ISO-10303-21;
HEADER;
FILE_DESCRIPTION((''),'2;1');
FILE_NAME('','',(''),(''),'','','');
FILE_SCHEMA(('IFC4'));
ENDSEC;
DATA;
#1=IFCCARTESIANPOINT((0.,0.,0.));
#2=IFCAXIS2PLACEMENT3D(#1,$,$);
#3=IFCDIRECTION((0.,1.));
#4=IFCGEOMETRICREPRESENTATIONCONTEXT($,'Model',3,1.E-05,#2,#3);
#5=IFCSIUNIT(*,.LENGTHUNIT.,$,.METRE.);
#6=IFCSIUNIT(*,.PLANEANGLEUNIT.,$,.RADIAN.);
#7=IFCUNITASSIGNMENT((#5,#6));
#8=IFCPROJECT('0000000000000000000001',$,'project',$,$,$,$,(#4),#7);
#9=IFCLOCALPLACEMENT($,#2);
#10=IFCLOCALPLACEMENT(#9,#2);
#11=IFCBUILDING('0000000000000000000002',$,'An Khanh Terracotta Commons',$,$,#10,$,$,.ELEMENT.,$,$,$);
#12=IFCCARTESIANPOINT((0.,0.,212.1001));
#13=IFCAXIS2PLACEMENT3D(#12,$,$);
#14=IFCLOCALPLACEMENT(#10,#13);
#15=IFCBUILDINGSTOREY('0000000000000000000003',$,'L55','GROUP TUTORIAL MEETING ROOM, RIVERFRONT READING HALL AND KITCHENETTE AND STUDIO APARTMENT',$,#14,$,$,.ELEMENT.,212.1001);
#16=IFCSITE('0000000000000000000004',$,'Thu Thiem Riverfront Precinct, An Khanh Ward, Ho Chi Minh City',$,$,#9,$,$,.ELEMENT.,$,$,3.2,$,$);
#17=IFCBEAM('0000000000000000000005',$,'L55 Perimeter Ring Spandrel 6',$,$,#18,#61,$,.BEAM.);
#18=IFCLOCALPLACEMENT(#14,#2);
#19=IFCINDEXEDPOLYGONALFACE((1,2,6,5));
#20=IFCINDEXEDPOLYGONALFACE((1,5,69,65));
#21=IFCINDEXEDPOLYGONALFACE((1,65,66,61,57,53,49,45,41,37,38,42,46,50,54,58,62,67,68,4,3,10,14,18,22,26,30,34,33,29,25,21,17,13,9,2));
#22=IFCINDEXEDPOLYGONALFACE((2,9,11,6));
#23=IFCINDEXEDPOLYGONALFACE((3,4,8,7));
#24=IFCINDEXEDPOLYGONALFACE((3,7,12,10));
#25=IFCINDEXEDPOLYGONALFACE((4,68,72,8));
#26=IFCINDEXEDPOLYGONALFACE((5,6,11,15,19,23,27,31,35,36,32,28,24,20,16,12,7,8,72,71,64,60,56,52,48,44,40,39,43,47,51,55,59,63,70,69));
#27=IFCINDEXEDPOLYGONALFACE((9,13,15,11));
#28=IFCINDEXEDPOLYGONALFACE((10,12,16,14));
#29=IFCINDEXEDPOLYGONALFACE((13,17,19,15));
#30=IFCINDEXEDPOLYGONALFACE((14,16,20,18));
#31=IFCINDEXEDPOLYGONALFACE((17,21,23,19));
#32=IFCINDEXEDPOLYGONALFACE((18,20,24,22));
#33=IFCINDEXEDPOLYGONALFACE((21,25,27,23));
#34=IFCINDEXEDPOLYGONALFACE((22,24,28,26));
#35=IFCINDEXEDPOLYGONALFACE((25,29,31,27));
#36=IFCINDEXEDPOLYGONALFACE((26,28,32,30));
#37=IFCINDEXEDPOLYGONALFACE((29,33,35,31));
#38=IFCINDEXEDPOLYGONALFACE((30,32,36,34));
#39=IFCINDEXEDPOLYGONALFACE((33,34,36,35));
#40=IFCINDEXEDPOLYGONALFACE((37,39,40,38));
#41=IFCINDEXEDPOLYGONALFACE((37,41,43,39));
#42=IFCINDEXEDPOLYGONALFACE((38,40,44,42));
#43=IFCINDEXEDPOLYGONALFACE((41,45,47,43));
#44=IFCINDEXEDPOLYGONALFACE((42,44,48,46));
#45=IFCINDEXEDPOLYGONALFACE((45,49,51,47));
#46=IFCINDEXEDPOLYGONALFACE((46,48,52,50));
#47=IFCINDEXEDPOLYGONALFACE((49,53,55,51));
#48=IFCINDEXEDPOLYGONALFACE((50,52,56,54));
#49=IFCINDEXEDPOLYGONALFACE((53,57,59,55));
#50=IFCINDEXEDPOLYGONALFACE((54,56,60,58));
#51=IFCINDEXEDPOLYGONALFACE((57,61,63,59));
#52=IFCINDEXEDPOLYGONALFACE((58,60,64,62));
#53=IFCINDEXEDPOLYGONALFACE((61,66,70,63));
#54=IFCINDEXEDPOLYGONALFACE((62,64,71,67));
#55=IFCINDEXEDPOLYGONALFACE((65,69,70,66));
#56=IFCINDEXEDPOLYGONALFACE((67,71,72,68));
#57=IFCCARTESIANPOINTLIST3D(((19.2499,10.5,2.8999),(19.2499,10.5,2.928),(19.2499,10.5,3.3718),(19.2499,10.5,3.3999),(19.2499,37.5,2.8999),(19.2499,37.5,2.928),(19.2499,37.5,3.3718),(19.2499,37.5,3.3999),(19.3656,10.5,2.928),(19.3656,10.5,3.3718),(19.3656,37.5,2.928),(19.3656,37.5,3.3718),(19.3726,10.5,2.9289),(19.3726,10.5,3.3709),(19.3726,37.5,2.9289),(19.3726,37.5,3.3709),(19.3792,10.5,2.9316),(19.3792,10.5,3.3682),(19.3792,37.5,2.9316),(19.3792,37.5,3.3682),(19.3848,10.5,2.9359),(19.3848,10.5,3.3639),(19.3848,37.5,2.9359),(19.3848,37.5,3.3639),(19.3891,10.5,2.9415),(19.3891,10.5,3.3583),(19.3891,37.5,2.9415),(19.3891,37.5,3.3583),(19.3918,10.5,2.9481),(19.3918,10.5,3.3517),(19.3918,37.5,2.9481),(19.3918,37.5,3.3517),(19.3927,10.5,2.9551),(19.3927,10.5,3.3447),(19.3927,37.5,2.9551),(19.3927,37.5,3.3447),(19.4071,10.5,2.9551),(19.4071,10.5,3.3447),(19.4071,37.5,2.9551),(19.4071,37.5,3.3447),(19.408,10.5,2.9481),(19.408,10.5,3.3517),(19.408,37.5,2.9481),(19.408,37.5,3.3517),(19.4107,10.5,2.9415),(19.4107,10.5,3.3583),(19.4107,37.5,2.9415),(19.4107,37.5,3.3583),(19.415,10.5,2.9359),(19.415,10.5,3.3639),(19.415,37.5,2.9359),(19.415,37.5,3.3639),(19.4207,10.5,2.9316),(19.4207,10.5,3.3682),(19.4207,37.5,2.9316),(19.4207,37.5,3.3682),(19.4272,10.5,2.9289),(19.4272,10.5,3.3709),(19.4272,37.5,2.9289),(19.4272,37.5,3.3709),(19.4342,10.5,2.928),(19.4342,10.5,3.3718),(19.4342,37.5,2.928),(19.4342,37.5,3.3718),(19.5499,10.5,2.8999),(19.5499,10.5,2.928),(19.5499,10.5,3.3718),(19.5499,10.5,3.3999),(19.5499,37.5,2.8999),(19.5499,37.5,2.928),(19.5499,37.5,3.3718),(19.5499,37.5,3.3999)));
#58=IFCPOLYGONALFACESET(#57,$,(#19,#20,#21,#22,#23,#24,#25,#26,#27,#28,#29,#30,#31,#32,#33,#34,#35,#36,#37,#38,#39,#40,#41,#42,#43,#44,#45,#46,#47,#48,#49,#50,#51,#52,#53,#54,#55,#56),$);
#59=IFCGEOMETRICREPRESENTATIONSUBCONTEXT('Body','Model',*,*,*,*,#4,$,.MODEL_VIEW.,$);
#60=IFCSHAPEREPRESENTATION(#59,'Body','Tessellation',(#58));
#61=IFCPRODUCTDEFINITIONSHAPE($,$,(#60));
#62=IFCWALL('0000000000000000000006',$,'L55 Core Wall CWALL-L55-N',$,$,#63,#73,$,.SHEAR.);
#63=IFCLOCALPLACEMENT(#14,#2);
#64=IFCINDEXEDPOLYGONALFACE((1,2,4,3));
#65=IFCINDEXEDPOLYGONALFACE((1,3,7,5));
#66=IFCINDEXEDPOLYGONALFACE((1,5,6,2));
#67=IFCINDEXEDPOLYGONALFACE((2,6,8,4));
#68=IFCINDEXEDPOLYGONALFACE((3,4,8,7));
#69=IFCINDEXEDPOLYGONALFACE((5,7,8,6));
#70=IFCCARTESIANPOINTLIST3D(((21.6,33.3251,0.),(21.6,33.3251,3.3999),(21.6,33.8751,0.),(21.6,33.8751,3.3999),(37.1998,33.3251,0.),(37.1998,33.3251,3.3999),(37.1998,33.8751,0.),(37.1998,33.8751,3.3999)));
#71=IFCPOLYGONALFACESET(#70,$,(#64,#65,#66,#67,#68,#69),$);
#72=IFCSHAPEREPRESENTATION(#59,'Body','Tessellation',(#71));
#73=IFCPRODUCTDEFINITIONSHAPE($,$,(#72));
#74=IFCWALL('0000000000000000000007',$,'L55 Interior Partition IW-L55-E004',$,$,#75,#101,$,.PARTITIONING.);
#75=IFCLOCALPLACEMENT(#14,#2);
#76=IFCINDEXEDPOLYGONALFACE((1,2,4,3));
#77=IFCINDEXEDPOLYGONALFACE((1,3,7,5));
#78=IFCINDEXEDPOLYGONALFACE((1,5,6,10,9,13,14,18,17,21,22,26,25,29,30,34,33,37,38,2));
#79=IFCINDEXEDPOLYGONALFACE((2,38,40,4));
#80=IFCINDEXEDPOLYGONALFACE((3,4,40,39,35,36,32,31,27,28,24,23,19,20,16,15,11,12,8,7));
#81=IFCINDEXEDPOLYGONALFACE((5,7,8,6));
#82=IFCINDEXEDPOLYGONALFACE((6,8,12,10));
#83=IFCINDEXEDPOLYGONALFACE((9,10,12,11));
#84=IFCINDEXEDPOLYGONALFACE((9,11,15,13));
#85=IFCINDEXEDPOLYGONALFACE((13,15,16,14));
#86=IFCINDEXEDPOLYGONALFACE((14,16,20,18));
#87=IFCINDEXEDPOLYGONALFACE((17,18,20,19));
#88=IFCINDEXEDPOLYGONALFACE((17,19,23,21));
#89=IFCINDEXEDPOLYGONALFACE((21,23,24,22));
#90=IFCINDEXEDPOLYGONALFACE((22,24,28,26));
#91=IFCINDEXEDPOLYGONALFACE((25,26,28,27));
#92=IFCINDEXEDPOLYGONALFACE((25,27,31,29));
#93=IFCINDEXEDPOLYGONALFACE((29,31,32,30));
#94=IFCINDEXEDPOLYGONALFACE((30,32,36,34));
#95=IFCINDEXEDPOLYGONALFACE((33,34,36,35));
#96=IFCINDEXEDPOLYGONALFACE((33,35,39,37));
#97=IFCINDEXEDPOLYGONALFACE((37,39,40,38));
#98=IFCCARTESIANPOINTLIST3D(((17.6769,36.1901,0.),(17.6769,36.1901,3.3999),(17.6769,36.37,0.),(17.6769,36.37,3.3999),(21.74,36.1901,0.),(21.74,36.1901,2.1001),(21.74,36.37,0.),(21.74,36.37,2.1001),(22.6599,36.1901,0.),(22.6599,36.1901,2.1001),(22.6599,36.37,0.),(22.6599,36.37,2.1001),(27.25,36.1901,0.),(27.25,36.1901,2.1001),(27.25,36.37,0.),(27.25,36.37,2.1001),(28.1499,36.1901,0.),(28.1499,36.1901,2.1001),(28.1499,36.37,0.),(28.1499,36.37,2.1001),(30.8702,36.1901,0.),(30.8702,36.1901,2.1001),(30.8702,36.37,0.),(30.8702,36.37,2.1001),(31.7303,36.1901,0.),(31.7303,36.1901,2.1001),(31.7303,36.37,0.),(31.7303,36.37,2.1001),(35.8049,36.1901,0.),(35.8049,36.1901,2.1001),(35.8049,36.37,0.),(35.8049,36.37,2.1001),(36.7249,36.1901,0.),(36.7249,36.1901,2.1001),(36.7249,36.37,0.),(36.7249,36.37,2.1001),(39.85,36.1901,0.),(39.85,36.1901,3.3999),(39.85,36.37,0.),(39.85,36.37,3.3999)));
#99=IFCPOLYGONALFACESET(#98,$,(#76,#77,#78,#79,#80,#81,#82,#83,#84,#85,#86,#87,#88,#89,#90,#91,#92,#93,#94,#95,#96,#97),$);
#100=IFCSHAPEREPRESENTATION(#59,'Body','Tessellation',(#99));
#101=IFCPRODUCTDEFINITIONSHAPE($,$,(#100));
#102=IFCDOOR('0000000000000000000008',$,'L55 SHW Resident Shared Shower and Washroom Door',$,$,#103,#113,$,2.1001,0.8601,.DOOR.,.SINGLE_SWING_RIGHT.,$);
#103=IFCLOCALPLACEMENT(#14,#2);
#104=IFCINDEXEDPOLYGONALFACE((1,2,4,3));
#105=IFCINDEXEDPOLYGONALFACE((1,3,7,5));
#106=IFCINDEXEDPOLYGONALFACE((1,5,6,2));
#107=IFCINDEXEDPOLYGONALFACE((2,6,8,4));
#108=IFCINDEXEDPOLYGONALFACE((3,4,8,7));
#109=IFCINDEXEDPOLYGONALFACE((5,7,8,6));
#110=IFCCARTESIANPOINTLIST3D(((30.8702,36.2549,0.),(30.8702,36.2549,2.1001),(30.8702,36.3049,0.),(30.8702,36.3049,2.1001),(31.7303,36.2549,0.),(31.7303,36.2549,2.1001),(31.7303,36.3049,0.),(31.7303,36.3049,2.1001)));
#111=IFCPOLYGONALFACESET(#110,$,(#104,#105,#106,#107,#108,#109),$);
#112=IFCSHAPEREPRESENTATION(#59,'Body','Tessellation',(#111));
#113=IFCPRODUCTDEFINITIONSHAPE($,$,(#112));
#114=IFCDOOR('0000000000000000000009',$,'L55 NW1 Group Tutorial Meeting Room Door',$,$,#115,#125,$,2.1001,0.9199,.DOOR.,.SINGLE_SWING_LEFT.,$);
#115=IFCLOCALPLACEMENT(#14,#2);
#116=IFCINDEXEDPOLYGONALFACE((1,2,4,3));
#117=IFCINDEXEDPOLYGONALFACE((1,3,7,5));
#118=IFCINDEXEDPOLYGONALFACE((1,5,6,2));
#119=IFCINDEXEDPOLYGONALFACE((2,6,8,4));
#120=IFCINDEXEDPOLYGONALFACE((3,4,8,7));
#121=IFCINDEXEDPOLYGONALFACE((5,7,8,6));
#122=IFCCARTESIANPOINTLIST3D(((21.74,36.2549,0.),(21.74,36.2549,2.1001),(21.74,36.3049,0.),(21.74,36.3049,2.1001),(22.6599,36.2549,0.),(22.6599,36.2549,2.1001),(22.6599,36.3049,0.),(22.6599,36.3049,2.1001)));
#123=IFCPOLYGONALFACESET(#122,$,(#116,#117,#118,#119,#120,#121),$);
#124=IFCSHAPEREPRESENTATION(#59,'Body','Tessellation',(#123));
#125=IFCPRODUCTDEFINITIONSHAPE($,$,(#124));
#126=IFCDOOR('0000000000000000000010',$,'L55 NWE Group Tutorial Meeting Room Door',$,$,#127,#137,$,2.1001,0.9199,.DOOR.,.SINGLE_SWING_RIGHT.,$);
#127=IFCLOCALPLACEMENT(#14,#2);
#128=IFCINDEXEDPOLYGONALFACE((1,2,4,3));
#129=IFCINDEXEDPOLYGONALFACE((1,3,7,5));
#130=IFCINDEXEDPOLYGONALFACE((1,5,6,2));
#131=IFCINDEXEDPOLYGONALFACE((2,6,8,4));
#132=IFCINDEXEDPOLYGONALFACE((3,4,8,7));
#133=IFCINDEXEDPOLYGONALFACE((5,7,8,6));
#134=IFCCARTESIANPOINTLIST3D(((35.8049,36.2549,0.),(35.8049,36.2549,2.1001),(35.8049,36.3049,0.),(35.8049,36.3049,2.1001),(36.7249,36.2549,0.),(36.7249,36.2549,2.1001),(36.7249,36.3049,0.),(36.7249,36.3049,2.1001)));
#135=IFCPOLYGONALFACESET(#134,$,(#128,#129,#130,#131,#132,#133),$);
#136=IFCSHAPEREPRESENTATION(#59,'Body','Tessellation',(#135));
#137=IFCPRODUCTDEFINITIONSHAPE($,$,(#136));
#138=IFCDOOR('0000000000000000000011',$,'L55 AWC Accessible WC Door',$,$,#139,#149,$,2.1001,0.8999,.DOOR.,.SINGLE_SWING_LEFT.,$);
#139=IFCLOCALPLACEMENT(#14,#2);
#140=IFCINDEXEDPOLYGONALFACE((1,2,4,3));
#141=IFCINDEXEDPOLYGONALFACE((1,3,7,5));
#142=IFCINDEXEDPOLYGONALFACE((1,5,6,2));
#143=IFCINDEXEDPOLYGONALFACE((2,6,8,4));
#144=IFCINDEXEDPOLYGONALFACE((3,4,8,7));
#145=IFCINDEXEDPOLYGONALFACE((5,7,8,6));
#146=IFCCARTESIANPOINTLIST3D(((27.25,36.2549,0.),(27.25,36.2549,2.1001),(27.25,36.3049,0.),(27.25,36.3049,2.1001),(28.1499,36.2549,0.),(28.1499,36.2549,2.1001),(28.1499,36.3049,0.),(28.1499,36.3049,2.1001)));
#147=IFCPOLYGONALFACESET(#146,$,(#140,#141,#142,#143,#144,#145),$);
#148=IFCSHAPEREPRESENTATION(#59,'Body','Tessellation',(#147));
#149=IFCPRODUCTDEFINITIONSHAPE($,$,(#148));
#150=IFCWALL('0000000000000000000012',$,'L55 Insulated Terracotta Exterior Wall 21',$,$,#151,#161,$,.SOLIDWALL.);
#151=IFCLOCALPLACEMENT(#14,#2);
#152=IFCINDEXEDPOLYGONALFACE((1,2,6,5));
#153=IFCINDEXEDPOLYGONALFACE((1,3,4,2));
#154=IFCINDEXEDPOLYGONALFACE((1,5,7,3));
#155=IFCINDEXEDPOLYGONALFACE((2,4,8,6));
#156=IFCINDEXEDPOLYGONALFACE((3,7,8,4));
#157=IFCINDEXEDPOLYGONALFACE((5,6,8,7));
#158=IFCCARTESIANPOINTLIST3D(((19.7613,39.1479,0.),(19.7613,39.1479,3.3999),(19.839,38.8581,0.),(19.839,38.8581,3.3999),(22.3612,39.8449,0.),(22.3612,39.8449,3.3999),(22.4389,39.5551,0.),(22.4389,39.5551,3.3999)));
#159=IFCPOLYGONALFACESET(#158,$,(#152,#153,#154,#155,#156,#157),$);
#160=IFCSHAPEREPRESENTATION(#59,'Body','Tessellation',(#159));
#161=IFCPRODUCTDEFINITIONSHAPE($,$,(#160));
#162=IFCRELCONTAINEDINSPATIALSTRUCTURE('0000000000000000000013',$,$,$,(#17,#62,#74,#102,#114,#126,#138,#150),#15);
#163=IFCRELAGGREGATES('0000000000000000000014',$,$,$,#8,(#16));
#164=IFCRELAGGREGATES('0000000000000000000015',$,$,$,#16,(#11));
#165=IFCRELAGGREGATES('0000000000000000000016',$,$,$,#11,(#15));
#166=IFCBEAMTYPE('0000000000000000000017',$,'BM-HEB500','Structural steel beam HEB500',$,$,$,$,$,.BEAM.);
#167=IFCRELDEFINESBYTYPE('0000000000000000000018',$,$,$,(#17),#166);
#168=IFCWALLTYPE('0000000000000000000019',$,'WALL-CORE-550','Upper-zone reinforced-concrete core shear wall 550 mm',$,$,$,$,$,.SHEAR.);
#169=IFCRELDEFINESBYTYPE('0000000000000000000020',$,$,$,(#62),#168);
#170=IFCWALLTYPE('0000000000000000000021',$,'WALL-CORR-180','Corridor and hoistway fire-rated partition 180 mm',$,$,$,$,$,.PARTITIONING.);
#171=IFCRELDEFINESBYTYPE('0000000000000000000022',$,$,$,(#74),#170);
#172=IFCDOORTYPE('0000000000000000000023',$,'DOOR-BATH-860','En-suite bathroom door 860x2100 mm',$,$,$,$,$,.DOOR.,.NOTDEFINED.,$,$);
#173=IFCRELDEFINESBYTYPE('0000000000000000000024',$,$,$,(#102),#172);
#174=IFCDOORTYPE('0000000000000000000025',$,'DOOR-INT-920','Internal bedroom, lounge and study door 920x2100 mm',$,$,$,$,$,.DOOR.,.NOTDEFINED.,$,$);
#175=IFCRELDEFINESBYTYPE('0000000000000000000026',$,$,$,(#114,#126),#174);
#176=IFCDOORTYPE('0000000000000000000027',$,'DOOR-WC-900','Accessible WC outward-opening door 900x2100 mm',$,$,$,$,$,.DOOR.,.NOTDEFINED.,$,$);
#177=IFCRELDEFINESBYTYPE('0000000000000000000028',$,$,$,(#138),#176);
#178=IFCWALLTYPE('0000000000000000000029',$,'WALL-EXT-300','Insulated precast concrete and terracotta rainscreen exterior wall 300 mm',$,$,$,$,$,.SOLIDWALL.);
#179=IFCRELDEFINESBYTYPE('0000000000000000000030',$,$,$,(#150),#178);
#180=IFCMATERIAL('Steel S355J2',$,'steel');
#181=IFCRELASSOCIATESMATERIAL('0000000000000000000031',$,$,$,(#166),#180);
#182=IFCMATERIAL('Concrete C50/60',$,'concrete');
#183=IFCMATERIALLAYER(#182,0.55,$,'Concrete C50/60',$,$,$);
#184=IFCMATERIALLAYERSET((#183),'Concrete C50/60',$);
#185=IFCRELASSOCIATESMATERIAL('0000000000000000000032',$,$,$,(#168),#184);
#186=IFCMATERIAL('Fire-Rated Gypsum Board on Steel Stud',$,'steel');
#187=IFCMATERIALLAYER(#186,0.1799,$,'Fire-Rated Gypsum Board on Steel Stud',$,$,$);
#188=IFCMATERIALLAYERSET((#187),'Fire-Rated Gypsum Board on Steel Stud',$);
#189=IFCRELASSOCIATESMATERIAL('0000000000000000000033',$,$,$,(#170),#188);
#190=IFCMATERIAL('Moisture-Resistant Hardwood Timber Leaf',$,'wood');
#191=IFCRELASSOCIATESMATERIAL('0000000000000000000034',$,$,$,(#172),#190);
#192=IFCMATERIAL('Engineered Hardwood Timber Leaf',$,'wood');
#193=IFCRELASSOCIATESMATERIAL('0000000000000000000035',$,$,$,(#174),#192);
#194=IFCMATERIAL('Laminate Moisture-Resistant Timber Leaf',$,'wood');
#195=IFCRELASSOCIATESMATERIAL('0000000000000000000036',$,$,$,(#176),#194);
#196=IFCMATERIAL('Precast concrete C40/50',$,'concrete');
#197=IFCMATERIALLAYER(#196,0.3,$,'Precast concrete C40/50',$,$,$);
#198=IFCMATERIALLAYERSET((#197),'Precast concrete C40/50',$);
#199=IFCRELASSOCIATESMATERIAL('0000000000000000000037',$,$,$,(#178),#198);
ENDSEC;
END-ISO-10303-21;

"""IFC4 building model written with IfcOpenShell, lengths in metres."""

from ifc_helpers import new_model, si_unit, direction, frame, frame_2d, origin, origin_2d, place, context, subcontext, project, spatial, rectangle, i_section, extrude, material, layer, layer_set, material_profile, profile_set, type_object, element, fill, save


model = new_model("IFC4")

# Units and contexts
model_context = context("Model", 3, precision=1e-05, world=origin(), true_north=direction((0.0, 1.0)))
body_context = subcontext(model_context, "Body", "Model", "MODEL_VIEW")
ifc_project = project(units=[si_unit("LENGTHUNIT", "METRE"), si_unit("PLANEANGLEUNIT", "RADIAN")], contexts=[model_context])

# Site, building, storey
site_placement = place(None, origin())
site = spatial("IfcSite", under=ifc_project, at=site_placement, Name="Thu Thiem Riverfront Precinct, An Khanh Ward, Ho Chi Minh City", CompositionType="ELEMENT", RefElevation=3.2)
building_placement = place(site_placement, origin())
building = spatial("IfcBuilding", under=site, at=building_placement, Name="An Khanh Terracotta Commons", CompositionType="ELEMENT")
storey_placement = place(building_placement, frame((0.0, 0.0, 212.1001)))
storey = spatial("IfcBuildingStorey", under=building, at=storey_placement, Name="L55", Description="GROUP TUTORIAL MEETING ROOM, RIVERFRONT READING HALL AND KITCHENETTE AND STUDIO APARTMENT", CompositionType="ELEMENT", Elevation=212.1001)

# Beam
ifc_material_1 = material(Name="Steel S355J2", Category="steel")
ifc_material_profile_1 = material_profile(ifc_material_1, i_section(OverallWidth=0.3, OverallDepth=0.5, WebThickness=0.0144, FlangeThickness=0.0281, FilletRadius=0.0271, at=origin_2d()), Name="HEB500")
ifc_profile_set_1 = profile_set([ifc_material_profile_1], Name="Steel S355J2")
beam_type_1 = type_object("IfcBeamType", Name="BM-HEB500", Description="Structural steel beam HEB500", PredefinedType="BEAM", material=ifc_profile_set_1)
beam_1_placement = place(storey_placement, frame((19.3999, 37.5, 3.1499), z_axis=(0.0, -1.0, 0.0), x_axis=(1.0, 0.0, 0.0)))
element("IfcBeam", 1, at=beam_1_placement, inside=storey, type_object=beam_type_1, Name="L55 Perimeter Ring Spandrel 6", PredefinedType="BEAM", context=body_context, shape_type="SweptSolid", body=[
    extrude(i_section(OverallWidth=0.3, OverallDepth=0.5, WebThickness=0.0144, FlangeThickness=0.0281, FilletRadius=0.0271, at=origin_2d()), origin(), (0.0, 0.0, 1.0), 27.0),
])

# Wall
ifc_material_2 = material(Name="Concrete C50/60", Category="concrete")
ifc_layer_1 = layer(ifc_material_2, 0.55, Name="Concrete C50/60")
ifc_layer_set_1 = layer_set([ifc_layer_1], Name="Concrete C50/60")
wall_type_1 = type_object("IfcWallType", Name="WALL-CORE-550", Description="Upper-zone reinforced-concrete core shear wall 550 mm", PredefinedType="SHEAR", material=ifc_layer_set_1)
wall_1_placement = place(storey_placement, frame((21.6001, 33.6001, 0.0), z_axis=(0.0, 0.0, 1.0), x_axis=(1.0, 0.0, 0.0)))
element("IfcWall", 2, at=wall_1_placement, inside=storey, type_object=wall_type_1, Name="L55 Core Wall CWALL-L55-N", PredefinedType="SHEAR", context=body_context, shape_type="SweptSolid", body=[
    extrude(rectangle(XDim=15.5999, YDim=0.55, at=frame_2d((7.7998, 0.0))), origin(), (0.0, 0.0, 1.0), 3.3999),
])

# Wall, openings, doors
ifc_material_3 = material(Name="Fire-Rated Gypsum Board on Steel Stud", Category="steel")
ifc_layer_2 = layer(ifc_material_3, 0.1799, Name="Fire-Rated Gypsum Board on Steel Stud")
ifc_layer_set_2 = layer_set([ifc_layer_2], Name="Fire-Rated Gypsum Board on Steel Stud")
wall_type_2 = type_object("IfcWallType", Name="WALL-CORR-180", Description="Corridor and hoistway fire-rated partition 180 mm", PredefinedType="PARTITIONING", material=ifc_layer_set_2)
wall_2_placement = place(storey_placement, frame((17.677, 36.28, 0.0), z_axis=(0.0, 0.0, 1.0), x_axis=(1.0, 0.0, 0.0)))
wall_2 = element("IfcWall", 3, at=wall_2_placement, inside=storey, type_object=wall_type_2, Name="L55 Interior Partition IW-L55-E004", PredefinedType="PARTITIONING", context=body_context, shape_type="SweptSolid", body=[
    extrude(rectangle(XDim=22.1731, YDim=0.1799, at=frame_2d((11.0864, 0.0))), origin(), (0.0, 0.0, 1.0), 3.3999),
])
opening_1_placement = place(wall_2_placement, frame((9.573, 0.0, 0.0)))
opening_1 = element("IfcOpeningElement", 4, at=opening_1_placement, cuts=wall_2, PredefinedType="OPENING", context=body_context, shape_type="SweptSolid", body=[
    extrude(rectangle(XDim=0.8999, YDim=2.1001, at=frame_2d((0.45, 1.05))), frame((0.0, 0.0999, 0.0), z_axis=(0.0, -1.0, 0.0), x_axis=(1.0, 0.0, 0.0)), (0.0, 0.0, 1.0), 0.2),
])
opening_2_placement = place(wall_2_placement, frame((13.1931, 0.0, 0.0)))
opening_2 = element("IfcOpeningElement", 5, at=opening_2_placement, cuts=wall_2, PredefinedType="OPENING", context=body_context, shape_type="SweptSolid", body=[
    extrude(rectangle(XDim=0.8601, YDim=2.1001, at=frame_2d((0.4302, 1.05))), frame((0.0, 0.0999, 0.0), z_axis=(0.0, -1.0, 0.0), x_axis=(1.0, 0.0, 0.0)), (0.0, 0.0, 1.0), 0.2),
])
opening_3_placement = place(wall_2_placement, frame((4.063, 0.0, 0.0)))
opening_3 = element("IfcOpeningElement", 6, at=opening_3_placement, cuts=wall_2, PredefinedType="OPENING", context=body_context, shape_type="SweptSolid", body=[
    extrude(rectangle(XDim=0.9199, YDim=2.1001, at=frame_2d((0.46, 1.05))), frame((0.0, 0.0999, 0.0), z_axis=(0.0, -1.0, 0.0), x_axis=(1.0, 0.0, 0.0)), (0.0, 0.0, 1.0), 0.2),
])
opening_4_placement = place(wall_2_placement, frame((18.1279, 0.0, 0.0)))
opening_4 = element("IfcOpeningElement", 7, at=opening_4_placement, cuts=wall_2, PredefinedType="OPENING", context=body_context, shape_type="SweptSolid", body=[
    extrude(rectangle(XDim=0.9199, YDim=2.1001, at=frame_2d((0.46, 1.05))), frame((0.0, 0.0999, 0.0), z_axis=(0.0, -1.0, 0.0), x_axis=(1.0, 0.0, 0.0)), (0.0, 0.0, 1.0), 0.2),
])
ifc_material_4 = material(Name="Moisture-Resistant Hardwood Timber Leaf", Category="wood")
door_type_1 = type_object("IfcDoorType", Name="DOOR-BATH-860", Description="En-suite bathroom door 860x2100 mm", OperationType="NOTDEFINED", PredefinedType="DOOR", material=ifc_material_4)
door_1_placement = place(opening_2_placement, origin())
door_1 = element("IfcDoor", 8, at=door_1_placement, inside=storey, type_object=door_type_1, Name="L55 SHW Resident Shared Shower and Washroom Door", OperationType="SINGLE_SWING_RIGHT", OverallHeight=2.1001, OverallWidth=0.8601, PredefinedType="DOOR", context=body_context, shape_type="SweptSolid", body=[
    extrude(rectangle(XDim=0.8601, YDim=2.1001, at=frame_2d((0.4302, 1.05))), frame((0.0, 0.0249, 0.0), z_axis=(0.0, -1.0, 0.0), x_axis=(1.0, 0.0, 0.0)), (0.0, 0.0, 1.0), 0.05),
])
fill(opening_2, door_1)
ifc_material_5 = material(Name="Engineered Hardwood Timber Leaf", Category="wood")
door_type_2 = type_object("IfcDoorType", Name="DOOR-INT-920", Description="Internal bedroom, lounge and study door 920x2100 mm", OperationType="NOTDEFINED", PredefinedType="DOOR", material=ifc_material_5)
door_2_placement = place(opening_3_placement, origin())
door_2 = element("IfcDoor", 9, at=door_2_placement, inside=storey, type_object=door_type_2, Name="L55 NW1 Group Tutorial Meeting Room Door", OperationType="SINGLE_SWING_LEFT", OverallHeight=2.1001, OverallWidth=0.9199, PredefinedType="DOOR", context=body_context, shape_type="SweptSolid", body=[
    extrude(rectangle(XDim=0.9199, YDim=2.1001, at=frame_2d((0.46, 1.05))), frame((0.0, 0.0249, 0.0), z_axis=(0.0, -1.0, 0.0), x_axis=(1.0, 0.0, 0.0)), (0.0, 0.0, 1.0), 0.05),
])
fill(opening_3, door_2)
door_3_placement = place(opening_4_placement, origin())
door_3 = element("IfcDoor", 10, at=door_3_placement, inside=storey, type_object=door_type_2, Name="L55 NWE Group Tutorial Meeting Room Door", OperationType="SINGLE_SWING_RIGHT", OverallHeight=2.1001, OverallWidth=0.9199, PredefinedType="DOOR", context=body_context, shape_type="SweptSolid", body=[
    extrude(rectangle(XDim=0.9199, YDim=2.1001, at=frame_2d((0.46, 1.05))), frame((0.0, 0.0249, 0.0), z_axis=(0.0, -1.0, 0.0), x_axis=(1.0, 0.0, 0.0)), (0.0, 0.0, 1.0), 0.05),
])
fill(opening_4, door_3)
ifc_material_6 = material(Name="Laminate Moisture-Resistant Timber Leaf", Category="wood")
door_type_3 = type_object("IfcDoorType", Name="DOOR-WC-900", Description="Accessible WC outward-opening door 900x2100 mm", OperationType="NOTDEFINED", PredefinedType="DOOR", material=ifc_material_6)
door_4_placement = place(opening_1_placement, origin())
door_4 = element("IfcDoor", 11, at=door_4_placement, inside=storey, type_object=door_type_3, Name="L55 AWC Accessible WC Door", OperationType="SINGLE_SWING_LEFT", OverallHeight=2.1001, OverallWidth=0.8999, PredefinedType="DOOR", context=body_context, shape_type="SweptSolid", body=[
    extrude(rectangle(XDim=0.8999, YDim=2.1001, at=frame_2d((0.45, 1.05))), frame((0.0, 0.0249, 0.0), z_axis=(0.0, -1.0, 0.0), x_axis=(1.0, 0.0, 0.0)), (0.0, 0.0, 1.0), 0.05),
])
fill(opening_1, door_4)

# Wall
ifc_material_7 = material(Name="Precast concrete C40/50", Category="concrete")
ifc_layer_3 = layer(ifc_material_7, 0.3, Name="Precast concrete C40/50")
ifc_layer_set_3 = layer_set([ifc_layer_3], Name="Precast concrete C40/50")
wall_type_3 = type_object("IfcWallType", Name="WALL-EXT-300", Description="Insulated precast concrete and terracotta rainscreen exterior wall 300 mm", PredefinedType="SOLIDWALL", material=ifc_layer_set_3)
wall_3_placement = place(storey_placement, frame((22.3999, 39.7, 0.0), z_axis=(0.0, 0.0, 1.0), x_axis=(-0.965889, -0.258955, 0.0)))
element("IfcWall", 12, at=wall_3_placement, inside=storey, type_object=wall_type_3, Name="L55 Insulated Terracotta Exterior Wall 21", PredefinedType="SOLIDWALL", context=body_context, shape_type="SweptSolid", body=[
    extrude(rectangle(XDim=2.6917, YDim=0.3, at=frame_2d((1.3457, 0.0))), origin(), (0.0, 0.0, 1.0), 3.3999),
])

save(model, "model.ifc")
